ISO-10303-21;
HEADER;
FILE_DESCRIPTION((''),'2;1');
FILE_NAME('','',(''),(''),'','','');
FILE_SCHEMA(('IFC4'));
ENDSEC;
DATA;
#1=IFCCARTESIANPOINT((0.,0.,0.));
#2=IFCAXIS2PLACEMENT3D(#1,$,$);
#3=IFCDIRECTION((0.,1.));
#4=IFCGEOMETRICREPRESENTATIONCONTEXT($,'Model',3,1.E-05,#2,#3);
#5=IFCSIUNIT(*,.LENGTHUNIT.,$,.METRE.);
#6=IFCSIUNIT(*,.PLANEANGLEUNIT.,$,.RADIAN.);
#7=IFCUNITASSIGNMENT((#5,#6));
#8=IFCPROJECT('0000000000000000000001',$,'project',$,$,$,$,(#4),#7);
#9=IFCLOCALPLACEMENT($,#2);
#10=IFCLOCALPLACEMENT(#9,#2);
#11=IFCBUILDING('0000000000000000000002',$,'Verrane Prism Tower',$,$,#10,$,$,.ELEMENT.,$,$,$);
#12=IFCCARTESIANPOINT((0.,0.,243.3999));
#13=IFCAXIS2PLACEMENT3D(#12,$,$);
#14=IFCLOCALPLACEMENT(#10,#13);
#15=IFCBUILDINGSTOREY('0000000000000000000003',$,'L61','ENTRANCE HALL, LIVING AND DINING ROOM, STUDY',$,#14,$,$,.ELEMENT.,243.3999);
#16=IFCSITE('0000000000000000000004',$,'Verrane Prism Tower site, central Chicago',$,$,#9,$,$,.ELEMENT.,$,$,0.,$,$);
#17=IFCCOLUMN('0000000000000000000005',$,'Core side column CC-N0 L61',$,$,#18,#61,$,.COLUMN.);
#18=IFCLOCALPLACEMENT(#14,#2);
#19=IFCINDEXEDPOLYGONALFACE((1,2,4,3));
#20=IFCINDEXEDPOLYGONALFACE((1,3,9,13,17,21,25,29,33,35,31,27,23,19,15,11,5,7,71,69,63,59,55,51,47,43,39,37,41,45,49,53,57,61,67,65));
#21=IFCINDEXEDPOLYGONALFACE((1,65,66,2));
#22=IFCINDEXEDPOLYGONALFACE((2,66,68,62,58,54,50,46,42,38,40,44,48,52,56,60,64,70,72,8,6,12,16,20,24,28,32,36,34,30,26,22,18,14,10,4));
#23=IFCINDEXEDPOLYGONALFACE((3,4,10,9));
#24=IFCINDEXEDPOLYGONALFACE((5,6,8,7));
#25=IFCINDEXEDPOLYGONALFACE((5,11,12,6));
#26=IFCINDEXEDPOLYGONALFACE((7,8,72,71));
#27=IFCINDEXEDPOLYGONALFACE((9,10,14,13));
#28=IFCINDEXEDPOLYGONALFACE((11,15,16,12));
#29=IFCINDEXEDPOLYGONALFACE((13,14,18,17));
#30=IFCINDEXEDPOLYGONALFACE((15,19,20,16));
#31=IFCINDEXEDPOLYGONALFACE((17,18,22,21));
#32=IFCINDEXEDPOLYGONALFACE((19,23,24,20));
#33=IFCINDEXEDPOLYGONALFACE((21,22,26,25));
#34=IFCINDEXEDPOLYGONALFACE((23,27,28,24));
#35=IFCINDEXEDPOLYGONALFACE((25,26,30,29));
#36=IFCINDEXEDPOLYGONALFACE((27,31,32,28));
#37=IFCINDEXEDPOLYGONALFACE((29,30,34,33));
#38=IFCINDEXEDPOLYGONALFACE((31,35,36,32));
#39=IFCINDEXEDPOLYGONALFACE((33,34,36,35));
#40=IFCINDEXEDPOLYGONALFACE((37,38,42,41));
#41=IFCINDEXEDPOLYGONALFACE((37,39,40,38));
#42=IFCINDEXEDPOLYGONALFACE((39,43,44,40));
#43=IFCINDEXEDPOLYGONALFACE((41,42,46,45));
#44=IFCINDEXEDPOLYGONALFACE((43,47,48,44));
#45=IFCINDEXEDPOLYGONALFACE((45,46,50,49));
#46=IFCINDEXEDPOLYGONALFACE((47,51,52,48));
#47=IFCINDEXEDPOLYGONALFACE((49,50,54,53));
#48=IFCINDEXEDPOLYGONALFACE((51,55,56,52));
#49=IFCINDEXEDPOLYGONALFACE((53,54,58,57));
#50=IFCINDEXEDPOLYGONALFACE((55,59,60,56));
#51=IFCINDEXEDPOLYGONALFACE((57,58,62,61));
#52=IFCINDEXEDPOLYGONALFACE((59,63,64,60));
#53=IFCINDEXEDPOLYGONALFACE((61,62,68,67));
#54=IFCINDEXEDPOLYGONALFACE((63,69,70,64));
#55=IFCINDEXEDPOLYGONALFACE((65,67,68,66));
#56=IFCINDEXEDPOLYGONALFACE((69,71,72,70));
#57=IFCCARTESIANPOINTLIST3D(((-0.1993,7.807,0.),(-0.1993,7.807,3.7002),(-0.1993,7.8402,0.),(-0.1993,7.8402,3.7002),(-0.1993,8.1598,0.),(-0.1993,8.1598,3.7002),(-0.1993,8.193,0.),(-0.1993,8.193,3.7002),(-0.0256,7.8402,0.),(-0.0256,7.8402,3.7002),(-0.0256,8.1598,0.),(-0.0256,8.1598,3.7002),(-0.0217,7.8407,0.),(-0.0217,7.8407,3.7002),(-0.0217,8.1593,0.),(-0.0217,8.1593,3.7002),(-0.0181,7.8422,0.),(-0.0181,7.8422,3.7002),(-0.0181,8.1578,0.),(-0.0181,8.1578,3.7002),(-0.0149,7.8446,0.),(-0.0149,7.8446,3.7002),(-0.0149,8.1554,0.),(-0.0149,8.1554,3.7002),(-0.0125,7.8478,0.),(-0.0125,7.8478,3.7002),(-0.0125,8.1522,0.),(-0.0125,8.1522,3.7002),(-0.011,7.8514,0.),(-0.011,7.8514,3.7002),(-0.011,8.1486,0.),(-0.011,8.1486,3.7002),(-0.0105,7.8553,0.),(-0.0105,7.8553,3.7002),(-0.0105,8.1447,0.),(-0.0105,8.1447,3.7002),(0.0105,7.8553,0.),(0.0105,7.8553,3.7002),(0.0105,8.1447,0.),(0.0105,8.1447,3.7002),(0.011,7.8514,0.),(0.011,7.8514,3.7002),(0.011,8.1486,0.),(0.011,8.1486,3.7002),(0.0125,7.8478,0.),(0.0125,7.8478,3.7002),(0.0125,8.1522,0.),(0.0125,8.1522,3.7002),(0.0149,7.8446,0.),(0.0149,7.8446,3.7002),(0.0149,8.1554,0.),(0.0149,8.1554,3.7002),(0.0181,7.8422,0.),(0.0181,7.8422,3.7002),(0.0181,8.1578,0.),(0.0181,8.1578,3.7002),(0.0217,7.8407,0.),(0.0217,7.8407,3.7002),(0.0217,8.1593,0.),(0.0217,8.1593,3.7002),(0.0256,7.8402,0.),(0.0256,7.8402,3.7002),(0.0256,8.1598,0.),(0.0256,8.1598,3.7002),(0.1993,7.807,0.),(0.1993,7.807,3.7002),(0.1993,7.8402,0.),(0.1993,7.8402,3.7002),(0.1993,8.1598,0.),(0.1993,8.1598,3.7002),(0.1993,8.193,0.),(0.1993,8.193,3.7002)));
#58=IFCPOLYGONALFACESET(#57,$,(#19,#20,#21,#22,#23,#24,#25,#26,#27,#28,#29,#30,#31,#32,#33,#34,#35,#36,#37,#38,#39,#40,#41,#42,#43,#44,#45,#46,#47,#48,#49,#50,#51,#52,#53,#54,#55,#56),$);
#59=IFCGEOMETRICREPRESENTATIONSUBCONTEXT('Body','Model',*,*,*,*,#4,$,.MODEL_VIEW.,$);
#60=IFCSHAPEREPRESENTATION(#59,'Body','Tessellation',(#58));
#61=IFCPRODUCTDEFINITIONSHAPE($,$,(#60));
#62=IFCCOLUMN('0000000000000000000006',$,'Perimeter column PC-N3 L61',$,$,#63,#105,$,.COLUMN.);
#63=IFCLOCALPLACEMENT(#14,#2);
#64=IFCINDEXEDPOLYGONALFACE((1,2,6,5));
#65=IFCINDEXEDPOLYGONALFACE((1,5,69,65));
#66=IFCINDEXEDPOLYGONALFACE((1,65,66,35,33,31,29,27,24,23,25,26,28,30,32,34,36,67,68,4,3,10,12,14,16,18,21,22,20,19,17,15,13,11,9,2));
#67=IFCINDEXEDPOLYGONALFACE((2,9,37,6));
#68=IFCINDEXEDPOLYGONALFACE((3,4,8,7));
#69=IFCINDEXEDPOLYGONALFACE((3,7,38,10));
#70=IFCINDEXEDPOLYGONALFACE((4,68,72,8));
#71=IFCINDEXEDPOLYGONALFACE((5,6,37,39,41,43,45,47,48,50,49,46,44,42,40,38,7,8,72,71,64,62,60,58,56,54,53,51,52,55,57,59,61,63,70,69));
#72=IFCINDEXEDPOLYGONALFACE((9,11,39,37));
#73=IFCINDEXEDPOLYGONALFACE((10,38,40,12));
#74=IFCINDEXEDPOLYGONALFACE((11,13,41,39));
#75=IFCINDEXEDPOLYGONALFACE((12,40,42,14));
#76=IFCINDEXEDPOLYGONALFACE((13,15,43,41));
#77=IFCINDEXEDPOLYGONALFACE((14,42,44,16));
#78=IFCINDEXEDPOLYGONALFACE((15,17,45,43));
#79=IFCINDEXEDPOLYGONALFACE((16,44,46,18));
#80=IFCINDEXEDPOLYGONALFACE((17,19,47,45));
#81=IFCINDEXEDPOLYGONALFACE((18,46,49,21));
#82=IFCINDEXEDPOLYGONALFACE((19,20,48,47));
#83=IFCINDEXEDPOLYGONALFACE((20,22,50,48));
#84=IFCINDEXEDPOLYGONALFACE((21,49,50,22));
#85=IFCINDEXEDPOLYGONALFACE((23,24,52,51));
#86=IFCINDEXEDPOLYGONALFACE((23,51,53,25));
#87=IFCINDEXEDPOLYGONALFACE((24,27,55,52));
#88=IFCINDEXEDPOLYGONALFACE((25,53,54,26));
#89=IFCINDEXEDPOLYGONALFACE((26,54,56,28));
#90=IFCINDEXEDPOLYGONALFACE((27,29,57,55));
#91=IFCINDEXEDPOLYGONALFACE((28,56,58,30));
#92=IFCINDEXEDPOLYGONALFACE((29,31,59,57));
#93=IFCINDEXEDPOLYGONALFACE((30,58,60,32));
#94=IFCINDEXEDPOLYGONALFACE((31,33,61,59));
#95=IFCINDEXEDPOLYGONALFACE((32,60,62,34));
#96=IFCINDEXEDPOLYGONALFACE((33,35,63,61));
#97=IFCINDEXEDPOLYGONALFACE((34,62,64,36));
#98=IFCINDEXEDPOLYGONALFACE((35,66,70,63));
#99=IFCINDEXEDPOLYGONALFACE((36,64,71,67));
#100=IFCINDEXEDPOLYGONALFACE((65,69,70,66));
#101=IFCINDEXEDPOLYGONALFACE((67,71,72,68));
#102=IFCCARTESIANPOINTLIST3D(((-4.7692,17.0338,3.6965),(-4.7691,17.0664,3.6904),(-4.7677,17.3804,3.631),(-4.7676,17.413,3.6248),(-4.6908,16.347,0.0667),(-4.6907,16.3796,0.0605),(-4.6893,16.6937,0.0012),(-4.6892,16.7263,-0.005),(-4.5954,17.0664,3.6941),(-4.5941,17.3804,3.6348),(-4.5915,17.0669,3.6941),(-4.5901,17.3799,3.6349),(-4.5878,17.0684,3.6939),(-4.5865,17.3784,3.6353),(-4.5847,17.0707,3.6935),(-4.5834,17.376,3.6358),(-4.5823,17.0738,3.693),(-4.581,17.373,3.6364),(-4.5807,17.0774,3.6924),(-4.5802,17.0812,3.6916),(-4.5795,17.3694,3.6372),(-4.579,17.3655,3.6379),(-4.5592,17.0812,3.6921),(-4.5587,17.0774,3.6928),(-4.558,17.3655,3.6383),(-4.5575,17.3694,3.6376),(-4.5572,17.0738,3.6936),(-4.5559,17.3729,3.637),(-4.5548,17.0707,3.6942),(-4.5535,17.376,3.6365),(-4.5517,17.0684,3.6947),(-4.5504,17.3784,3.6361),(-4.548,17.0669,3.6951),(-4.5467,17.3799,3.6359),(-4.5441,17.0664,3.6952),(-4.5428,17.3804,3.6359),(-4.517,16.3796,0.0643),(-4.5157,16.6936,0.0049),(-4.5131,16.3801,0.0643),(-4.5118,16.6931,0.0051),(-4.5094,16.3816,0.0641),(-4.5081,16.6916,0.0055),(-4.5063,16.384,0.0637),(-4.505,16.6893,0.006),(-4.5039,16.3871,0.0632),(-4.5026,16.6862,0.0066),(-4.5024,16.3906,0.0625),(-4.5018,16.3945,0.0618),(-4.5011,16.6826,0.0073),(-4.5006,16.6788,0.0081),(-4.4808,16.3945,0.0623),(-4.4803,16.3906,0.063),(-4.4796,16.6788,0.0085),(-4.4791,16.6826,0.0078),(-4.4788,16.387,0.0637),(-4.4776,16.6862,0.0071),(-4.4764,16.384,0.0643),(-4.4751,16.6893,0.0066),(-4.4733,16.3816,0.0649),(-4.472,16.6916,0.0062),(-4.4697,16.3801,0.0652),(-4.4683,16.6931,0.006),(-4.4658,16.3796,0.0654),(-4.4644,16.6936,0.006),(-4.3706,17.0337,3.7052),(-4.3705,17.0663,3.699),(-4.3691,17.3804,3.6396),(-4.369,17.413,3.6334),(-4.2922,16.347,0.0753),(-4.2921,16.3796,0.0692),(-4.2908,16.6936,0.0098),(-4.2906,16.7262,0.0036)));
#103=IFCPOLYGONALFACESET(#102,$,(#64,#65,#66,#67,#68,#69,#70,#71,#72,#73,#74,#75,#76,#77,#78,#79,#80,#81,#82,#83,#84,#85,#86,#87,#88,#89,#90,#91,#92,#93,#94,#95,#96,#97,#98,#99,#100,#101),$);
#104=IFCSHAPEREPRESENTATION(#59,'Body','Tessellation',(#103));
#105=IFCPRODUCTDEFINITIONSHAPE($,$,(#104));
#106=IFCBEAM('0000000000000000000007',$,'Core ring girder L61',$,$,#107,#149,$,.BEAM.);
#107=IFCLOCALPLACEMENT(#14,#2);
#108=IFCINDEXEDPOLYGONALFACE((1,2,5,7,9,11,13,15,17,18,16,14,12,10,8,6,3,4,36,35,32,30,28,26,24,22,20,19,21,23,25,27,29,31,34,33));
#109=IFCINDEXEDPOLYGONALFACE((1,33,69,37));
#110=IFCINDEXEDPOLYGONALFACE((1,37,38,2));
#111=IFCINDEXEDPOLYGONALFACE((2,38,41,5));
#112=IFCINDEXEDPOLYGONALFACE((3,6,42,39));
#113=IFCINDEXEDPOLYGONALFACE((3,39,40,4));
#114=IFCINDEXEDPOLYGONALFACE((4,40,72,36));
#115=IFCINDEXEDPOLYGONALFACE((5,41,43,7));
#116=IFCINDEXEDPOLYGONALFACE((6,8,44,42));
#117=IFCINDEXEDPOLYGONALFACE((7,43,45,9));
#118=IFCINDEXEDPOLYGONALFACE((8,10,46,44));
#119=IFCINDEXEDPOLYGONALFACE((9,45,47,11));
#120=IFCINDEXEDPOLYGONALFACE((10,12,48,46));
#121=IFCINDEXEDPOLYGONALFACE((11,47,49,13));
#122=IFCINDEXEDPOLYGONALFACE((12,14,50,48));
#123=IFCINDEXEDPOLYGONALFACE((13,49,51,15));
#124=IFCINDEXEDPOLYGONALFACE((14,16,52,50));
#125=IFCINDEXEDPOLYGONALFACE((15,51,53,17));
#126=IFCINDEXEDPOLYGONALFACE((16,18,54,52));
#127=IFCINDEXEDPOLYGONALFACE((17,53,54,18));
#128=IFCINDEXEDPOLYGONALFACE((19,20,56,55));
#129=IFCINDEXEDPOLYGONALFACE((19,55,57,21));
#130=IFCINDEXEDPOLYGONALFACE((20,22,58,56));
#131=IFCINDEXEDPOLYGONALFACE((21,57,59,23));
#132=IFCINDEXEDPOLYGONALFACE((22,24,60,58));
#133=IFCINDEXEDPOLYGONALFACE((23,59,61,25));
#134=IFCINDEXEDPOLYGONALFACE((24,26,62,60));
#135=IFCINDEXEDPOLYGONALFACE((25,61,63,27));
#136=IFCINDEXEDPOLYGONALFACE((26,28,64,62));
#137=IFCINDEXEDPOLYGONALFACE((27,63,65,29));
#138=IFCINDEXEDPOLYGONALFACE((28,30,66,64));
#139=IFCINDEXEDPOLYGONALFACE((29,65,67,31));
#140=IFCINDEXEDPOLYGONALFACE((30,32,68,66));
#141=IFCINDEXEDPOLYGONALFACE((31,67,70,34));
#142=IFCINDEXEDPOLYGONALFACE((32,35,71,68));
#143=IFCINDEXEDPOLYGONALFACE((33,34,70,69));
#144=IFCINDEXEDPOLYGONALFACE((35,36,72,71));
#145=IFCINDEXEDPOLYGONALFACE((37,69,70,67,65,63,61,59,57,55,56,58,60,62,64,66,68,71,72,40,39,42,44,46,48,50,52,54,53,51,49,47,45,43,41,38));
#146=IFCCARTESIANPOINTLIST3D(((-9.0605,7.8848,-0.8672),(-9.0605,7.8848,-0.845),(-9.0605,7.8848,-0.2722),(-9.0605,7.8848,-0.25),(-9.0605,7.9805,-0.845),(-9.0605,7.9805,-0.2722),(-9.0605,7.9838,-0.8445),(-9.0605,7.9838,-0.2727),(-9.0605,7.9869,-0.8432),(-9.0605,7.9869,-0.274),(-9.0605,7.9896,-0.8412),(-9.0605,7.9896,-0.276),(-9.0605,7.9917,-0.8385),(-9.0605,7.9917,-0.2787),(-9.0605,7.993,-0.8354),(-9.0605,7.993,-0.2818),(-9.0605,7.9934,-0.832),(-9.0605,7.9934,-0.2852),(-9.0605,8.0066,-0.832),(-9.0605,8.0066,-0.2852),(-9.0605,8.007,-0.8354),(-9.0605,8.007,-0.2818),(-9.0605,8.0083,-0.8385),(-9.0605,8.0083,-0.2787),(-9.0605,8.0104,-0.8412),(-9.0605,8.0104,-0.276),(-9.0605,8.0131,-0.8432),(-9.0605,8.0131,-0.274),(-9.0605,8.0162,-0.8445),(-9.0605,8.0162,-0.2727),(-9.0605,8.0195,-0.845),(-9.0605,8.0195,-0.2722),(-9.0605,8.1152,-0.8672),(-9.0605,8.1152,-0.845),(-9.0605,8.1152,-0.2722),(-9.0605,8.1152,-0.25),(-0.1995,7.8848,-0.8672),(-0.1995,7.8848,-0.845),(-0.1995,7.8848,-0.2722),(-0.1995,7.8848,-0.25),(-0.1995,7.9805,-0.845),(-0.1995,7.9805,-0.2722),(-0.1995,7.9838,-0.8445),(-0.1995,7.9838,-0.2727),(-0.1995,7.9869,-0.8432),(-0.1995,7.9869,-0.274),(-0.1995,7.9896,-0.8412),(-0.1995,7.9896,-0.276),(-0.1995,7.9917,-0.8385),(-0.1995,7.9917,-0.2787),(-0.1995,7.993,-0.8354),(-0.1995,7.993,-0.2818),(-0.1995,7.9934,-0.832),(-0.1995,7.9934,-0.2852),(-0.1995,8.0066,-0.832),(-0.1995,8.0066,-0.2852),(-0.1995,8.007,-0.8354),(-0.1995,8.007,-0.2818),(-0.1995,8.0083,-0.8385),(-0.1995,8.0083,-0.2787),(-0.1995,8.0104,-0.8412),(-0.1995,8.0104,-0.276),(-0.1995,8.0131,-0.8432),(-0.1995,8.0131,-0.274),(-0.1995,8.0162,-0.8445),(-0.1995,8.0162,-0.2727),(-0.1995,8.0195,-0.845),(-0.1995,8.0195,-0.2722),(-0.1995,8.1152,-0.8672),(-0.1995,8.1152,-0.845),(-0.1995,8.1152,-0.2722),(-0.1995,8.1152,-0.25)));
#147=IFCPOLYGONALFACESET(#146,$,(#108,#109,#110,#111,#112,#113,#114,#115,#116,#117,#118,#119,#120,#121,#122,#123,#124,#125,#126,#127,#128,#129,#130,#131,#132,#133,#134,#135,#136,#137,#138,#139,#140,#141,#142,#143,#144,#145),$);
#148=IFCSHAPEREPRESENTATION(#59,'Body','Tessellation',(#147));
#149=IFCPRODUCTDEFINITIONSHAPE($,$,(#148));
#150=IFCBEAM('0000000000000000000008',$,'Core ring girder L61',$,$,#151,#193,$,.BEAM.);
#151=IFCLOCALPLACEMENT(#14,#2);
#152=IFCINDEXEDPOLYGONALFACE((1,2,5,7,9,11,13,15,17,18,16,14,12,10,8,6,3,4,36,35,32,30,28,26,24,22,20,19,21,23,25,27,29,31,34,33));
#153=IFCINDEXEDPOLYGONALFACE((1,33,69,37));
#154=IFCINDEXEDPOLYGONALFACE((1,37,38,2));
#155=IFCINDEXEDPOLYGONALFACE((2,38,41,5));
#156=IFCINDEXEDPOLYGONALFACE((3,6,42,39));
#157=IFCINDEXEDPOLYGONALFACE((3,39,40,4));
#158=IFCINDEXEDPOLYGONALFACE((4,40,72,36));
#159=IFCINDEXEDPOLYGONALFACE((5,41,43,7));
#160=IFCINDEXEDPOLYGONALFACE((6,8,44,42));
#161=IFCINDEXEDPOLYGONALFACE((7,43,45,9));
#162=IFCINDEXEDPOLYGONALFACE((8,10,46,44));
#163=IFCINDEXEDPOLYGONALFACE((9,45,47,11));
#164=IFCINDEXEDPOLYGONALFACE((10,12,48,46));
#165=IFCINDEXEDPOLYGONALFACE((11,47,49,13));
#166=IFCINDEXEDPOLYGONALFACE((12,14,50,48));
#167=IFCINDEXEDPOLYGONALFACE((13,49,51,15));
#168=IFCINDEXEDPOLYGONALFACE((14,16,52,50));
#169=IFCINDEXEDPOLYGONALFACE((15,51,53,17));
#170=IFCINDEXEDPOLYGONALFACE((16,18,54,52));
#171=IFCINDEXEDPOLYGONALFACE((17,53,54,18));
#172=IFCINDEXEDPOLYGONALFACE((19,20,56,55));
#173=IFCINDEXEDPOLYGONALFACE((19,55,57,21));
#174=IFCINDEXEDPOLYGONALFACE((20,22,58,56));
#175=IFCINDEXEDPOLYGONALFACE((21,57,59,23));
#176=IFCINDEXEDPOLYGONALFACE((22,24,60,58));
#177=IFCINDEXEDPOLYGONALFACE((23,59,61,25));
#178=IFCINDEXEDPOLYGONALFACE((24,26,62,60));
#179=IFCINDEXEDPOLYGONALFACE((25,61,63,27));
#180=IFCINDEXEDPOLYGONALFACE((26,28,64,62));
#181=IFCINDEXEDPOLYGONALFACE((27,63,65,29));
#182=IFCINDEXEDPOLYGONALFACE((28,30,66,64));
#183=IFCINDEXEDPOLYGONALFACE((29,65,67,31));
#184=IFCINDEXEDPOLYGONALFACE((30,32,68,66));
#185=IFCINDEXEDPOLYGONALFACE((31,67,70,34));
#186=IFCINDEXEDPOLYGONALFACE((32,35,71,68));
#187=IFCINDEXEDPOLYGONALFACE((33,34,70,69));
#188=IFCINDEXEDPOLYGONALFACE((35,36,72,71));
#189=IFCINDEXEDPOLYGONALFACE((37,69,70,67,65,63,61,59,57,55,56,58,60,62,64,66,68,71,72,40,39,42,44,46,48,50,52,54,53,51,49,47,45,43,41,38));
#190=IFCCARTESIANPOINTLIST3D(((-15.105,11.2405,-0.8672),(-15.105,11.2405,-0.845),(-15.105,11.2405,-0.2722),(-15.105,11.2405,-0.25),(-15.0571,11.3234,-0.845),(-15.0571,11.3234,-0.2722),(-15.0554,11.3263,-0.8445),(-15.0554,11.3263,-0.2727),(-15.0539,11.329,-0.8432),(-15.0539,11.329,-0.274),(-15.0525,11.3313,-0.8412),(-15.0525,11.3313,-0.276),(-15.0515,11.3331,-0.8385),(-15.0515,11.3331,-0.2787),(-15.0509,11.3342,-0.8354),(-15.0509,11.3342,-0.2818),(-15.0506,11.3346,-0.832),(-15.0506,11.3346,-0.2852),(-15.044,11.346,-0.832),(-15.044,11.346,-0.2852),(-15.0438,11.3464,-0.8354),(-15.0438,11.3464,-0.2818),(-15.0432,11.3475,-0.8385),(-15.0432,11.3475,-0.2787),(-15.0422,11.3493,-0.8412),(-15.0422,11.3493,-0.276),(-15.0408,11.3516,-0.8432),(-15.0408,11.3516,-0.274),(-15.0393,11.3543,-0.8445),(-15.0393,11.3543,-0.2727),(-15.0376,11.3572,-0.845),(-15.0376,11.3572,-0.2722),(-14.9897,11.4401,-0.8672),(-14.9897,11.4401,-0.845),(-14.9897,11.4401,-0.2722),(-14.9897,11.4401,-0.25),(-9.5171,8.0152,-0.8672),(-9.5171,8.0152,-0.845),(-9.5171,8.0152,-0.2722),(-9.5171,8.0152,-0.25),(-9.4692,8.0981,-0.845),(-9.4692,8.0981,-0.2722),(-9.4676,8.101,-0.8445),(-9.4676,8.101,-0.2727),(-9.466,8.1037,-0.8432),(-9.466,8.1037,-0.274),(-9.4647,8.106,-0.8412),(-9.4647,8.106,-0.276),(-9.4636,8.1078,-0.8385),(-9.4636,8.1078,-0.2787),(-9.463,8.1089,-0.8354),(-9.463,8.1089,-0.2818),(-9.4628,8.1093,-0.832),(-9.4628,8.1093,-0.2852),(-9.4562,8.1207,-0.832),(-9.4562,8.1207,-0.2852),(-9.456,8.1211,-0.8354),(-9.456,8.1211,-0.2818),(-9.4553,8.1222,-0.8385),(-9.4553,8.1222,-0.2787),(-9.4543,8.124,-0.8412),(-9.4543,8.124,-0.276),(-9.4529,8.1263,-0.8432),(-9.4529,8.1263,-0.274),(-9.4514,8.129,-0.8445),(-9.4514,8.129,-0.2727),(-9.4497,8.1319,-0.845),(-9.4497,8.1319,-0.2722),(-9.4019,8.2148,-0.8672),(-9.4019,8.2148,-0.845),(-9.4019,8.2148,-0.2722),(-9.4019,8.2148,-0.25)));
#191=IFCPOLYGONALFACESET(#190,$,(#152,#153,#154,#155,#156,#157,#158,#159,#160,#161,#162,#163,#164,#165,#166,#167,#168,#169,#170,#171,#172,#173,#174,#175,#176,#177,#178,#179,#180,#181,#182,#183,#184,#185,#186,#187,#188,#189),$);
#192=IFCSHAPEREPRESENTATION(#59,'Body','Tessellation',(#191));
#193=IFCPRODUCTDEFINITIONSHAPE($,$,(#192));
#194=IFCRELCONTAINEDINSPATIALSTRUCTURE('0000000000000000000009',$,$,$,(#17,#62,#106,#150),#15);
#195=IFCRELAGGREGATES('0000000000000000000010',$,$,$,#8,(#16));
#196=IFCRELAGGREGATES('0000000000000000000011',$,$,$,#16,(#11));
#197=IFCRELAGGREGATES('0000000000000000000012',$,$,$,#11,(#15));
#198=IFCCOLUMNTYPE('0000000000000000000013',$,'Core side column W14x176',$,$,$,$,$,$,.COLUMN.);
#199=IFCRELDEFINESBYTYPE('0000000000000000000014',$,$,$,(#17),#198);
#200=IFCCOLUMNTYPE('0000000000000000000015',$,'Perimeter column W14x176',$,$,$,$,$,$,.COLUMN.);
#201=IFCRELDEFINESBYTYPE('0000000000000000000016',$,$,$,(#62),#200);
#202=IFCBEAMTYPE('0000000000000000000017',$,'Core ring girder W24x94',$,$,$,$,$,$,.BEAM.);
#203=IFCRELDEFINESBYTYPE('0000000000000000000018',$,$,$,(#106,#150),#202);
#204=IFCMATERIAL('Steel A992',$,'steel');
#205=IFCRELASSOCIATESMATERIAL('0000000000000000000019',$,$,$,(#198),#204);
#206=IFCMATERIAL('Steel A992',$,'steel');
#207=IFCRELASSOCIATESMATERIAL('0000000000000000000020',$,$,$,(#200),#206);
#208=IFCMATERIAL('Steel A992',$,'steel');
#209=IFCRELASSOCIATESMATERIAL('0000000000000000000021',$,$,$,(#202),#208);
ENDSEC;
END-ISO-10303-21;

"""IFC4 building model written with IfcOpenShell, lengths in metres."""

from ifc_helpers import new_model, si_unit, direction, frame, origin, origin_2d, place, context, subcontext, project, spatial, i_section, extrude, material, material_profile, profile_set, type_object, element, save


model = new_model("IFC4")

# Units and contexts
model_context = context("Model", 3, precision=1e-05, world=origin(), true_north=direction((0.0, 1.0)))
body_context = subcontext(model_context, "Body", "Model", "MODEL_VIEW")
ifc_project = project(units=[si_unit("LENGTHUNIT", "METRE"), si_unit("PLANEANGLEUNIT", "RADIAN")], contexts=[model_context])

# Site, building, storey
site_placement = place(None, origin())
site = spatial("IfcSite", under=ifc_project, at=site_placement, Name="Verrane Prism Tower site, central Chicago", CompositionType="ELEMENT", RefElevation=0.0)
building_placement = place(site_placement, origin())
building = spatial("IfcBuilding", under=site, at=building_placement, Name="Verrane Prism Tower", CompositionType="ELEMENT")
storey_placement = place(building_placement, frame((0.0, 0.0, 243.3999)))
storey = spatial("IfcBuildingStorey", under=building, at=storey_placement, Name="L61", Description="ENTRANCE HALL, LIVING AND DINING ROOM, STUDY", CompositionType="ELEMENT", Elevation=243.3999)

# Columns
ifc_material_1 = material(Name="Steel A992", Category="steel")
ifc_material_profile_1 = material_profile(ifc_material_1, i_section(OverallWidth=0.3987, OverallDepth=0.386, WebThickness=0.021, FlangeThickness=0.0332, FilletRadius=0.0151, at=origin_2d()), Name="W14x176")
ifc_profile_set_1 = profile_set([ifc_material_profile_1], Name="Steel A992")
column_type_1 = type_object("IfcColumnType", Name="Core side column W14x176", PredefinedType="COLUMN", material=ifc_profile_set_1)
column_1_placement = place(storey_placement, frame((0.0, 8.0, 0.0), z_axis=(0.0, 0.0, 1.0), x_axis=(1.0, 0.0, 0.0)))
element("IfcColumn", 1, at=column_1_placement, inside=storey, type_object=column_type_1, Name="Core side column CC-N0 L61", PredefinedType="COLUMN", context=body_context, shape_type="SweptSolid", body=[
    extrude(i_section(OverallWidth=0.3987, OverallDepth=0.386, WebThickness=0.021, FlangeThickness=0.0332, FilletRadius=0.0151, at=origin_2d()), origin(), (0.0, 0.0, 1.0), 3.7002),
])
ifc_material_2 = material(Name="Steel A992", Category="steel")
ifc_material_profile_2 = material_profile(ifc_material_2, i_section(OverallWidth=0.3987, OverallDepth=0.386, WebThickness=0.021, FlangeThickness=0.0332, FilletRadius=0.0151, at=origin_2d()), Name="W14x176")
ifc_profile_set_2 = profile_set([ifc_material_profile_2], Name="Steel A992")
column_type_2 = type_object("IfcColumnType", Name="Perimeter column W14x176", PredefinedType="COLUMN", material=ifc_profile_set_2)
column_2_placement = place(storey_placement, frame((-4.4907, 16.5366, 0.0352), z_axis=(-0.021209, 0.185858, 0.982348), x_axis=(0.999766, -0.00017, 0.021617)))
element("IfcColumn", 2, at=column_2_placement, inside=storey, type_object=column_type_2, Name="Perimeter column PC-N3 L61", PredefinedType="COLUMN", context=body_context, shape_type="SweptSolid", body=[
    extrude(i_section(OverallWidth=0.3987, OverallDepth=0.386, WebThickness=0.021, FlangeThickness=0.0332, FilletRadius=0.0151, at=origin_2d()), origin(), (0.0, 0.0, 1.0), 3.6951),
])

# Beams
ifc_material_3 = material(Name="Steel A992", Category="steel")
ifc_material_profile_3 = material_profile(ifc_material_3, i_section(OverallWidth=0.2305, OverallDepth=0.6172, WebThickness=0.0132, FlangeThickness=0.0222, FilletRadius=0.0129, at=origin_2d()), Name="W24x94")
ifc_profile_set_3 = profile_set([ifc_material_profile_3], Name="Steel A992")
beam_type_1 = type_object("IfcBeamType", Name="Core ring girder W24x94", PredefinedType="BEAM", material=ifc_profile_set_3)
beam_1_placement = place(storey_placement, frame((-0.1995, 8.0, -0.5586), z_axis=(-1.0, 0.0, 0.0), x_axis=(0.0, -1.0, 0.0)))
element("IfcBeam", 3, at=beam_1_placement, inside=storey, type_object=beam_type_1, Name="Core ring girder L61", PredefinedType="BEAM", context=body_context, shape_type="SweptSolid", body=[
    extrude(i_section(OverallWidth=0.2305, OverallDepth=0.6172, WebThickness=0.0132, FlangeThickness=0.0222, FilletRadius=0.0129, at=origin_2d()), origin(), (0.0, 0.0, 1.0), 8.8611),
])
beam_2_placement = place(storey_placement, frame((-9.4595, 8.115, -0.5586), z_axis=(-0.866081, 0.499904, 0.0), x_axis=(-0.499904, -0.866081, 0.0)))
element("IfcBeam", 4, at=beam_2_placement, inside=storey, type_object=beam_type_1, Name="Core ring girder L61", PredefinedType="BEAM", context=body_context, shape_type="SweptSolid", body=[
    extrude(i_section(OverallWidth=0.2305, OverallDepth=0.6172, WebThickness=0.0132, FlangeThickness=0.0222, FilletRadius=0.0129, at=origin_2d()), origin(), (0.0, 0.0, 1.0), 6.4519),
])

save(model, "model.ifc")
